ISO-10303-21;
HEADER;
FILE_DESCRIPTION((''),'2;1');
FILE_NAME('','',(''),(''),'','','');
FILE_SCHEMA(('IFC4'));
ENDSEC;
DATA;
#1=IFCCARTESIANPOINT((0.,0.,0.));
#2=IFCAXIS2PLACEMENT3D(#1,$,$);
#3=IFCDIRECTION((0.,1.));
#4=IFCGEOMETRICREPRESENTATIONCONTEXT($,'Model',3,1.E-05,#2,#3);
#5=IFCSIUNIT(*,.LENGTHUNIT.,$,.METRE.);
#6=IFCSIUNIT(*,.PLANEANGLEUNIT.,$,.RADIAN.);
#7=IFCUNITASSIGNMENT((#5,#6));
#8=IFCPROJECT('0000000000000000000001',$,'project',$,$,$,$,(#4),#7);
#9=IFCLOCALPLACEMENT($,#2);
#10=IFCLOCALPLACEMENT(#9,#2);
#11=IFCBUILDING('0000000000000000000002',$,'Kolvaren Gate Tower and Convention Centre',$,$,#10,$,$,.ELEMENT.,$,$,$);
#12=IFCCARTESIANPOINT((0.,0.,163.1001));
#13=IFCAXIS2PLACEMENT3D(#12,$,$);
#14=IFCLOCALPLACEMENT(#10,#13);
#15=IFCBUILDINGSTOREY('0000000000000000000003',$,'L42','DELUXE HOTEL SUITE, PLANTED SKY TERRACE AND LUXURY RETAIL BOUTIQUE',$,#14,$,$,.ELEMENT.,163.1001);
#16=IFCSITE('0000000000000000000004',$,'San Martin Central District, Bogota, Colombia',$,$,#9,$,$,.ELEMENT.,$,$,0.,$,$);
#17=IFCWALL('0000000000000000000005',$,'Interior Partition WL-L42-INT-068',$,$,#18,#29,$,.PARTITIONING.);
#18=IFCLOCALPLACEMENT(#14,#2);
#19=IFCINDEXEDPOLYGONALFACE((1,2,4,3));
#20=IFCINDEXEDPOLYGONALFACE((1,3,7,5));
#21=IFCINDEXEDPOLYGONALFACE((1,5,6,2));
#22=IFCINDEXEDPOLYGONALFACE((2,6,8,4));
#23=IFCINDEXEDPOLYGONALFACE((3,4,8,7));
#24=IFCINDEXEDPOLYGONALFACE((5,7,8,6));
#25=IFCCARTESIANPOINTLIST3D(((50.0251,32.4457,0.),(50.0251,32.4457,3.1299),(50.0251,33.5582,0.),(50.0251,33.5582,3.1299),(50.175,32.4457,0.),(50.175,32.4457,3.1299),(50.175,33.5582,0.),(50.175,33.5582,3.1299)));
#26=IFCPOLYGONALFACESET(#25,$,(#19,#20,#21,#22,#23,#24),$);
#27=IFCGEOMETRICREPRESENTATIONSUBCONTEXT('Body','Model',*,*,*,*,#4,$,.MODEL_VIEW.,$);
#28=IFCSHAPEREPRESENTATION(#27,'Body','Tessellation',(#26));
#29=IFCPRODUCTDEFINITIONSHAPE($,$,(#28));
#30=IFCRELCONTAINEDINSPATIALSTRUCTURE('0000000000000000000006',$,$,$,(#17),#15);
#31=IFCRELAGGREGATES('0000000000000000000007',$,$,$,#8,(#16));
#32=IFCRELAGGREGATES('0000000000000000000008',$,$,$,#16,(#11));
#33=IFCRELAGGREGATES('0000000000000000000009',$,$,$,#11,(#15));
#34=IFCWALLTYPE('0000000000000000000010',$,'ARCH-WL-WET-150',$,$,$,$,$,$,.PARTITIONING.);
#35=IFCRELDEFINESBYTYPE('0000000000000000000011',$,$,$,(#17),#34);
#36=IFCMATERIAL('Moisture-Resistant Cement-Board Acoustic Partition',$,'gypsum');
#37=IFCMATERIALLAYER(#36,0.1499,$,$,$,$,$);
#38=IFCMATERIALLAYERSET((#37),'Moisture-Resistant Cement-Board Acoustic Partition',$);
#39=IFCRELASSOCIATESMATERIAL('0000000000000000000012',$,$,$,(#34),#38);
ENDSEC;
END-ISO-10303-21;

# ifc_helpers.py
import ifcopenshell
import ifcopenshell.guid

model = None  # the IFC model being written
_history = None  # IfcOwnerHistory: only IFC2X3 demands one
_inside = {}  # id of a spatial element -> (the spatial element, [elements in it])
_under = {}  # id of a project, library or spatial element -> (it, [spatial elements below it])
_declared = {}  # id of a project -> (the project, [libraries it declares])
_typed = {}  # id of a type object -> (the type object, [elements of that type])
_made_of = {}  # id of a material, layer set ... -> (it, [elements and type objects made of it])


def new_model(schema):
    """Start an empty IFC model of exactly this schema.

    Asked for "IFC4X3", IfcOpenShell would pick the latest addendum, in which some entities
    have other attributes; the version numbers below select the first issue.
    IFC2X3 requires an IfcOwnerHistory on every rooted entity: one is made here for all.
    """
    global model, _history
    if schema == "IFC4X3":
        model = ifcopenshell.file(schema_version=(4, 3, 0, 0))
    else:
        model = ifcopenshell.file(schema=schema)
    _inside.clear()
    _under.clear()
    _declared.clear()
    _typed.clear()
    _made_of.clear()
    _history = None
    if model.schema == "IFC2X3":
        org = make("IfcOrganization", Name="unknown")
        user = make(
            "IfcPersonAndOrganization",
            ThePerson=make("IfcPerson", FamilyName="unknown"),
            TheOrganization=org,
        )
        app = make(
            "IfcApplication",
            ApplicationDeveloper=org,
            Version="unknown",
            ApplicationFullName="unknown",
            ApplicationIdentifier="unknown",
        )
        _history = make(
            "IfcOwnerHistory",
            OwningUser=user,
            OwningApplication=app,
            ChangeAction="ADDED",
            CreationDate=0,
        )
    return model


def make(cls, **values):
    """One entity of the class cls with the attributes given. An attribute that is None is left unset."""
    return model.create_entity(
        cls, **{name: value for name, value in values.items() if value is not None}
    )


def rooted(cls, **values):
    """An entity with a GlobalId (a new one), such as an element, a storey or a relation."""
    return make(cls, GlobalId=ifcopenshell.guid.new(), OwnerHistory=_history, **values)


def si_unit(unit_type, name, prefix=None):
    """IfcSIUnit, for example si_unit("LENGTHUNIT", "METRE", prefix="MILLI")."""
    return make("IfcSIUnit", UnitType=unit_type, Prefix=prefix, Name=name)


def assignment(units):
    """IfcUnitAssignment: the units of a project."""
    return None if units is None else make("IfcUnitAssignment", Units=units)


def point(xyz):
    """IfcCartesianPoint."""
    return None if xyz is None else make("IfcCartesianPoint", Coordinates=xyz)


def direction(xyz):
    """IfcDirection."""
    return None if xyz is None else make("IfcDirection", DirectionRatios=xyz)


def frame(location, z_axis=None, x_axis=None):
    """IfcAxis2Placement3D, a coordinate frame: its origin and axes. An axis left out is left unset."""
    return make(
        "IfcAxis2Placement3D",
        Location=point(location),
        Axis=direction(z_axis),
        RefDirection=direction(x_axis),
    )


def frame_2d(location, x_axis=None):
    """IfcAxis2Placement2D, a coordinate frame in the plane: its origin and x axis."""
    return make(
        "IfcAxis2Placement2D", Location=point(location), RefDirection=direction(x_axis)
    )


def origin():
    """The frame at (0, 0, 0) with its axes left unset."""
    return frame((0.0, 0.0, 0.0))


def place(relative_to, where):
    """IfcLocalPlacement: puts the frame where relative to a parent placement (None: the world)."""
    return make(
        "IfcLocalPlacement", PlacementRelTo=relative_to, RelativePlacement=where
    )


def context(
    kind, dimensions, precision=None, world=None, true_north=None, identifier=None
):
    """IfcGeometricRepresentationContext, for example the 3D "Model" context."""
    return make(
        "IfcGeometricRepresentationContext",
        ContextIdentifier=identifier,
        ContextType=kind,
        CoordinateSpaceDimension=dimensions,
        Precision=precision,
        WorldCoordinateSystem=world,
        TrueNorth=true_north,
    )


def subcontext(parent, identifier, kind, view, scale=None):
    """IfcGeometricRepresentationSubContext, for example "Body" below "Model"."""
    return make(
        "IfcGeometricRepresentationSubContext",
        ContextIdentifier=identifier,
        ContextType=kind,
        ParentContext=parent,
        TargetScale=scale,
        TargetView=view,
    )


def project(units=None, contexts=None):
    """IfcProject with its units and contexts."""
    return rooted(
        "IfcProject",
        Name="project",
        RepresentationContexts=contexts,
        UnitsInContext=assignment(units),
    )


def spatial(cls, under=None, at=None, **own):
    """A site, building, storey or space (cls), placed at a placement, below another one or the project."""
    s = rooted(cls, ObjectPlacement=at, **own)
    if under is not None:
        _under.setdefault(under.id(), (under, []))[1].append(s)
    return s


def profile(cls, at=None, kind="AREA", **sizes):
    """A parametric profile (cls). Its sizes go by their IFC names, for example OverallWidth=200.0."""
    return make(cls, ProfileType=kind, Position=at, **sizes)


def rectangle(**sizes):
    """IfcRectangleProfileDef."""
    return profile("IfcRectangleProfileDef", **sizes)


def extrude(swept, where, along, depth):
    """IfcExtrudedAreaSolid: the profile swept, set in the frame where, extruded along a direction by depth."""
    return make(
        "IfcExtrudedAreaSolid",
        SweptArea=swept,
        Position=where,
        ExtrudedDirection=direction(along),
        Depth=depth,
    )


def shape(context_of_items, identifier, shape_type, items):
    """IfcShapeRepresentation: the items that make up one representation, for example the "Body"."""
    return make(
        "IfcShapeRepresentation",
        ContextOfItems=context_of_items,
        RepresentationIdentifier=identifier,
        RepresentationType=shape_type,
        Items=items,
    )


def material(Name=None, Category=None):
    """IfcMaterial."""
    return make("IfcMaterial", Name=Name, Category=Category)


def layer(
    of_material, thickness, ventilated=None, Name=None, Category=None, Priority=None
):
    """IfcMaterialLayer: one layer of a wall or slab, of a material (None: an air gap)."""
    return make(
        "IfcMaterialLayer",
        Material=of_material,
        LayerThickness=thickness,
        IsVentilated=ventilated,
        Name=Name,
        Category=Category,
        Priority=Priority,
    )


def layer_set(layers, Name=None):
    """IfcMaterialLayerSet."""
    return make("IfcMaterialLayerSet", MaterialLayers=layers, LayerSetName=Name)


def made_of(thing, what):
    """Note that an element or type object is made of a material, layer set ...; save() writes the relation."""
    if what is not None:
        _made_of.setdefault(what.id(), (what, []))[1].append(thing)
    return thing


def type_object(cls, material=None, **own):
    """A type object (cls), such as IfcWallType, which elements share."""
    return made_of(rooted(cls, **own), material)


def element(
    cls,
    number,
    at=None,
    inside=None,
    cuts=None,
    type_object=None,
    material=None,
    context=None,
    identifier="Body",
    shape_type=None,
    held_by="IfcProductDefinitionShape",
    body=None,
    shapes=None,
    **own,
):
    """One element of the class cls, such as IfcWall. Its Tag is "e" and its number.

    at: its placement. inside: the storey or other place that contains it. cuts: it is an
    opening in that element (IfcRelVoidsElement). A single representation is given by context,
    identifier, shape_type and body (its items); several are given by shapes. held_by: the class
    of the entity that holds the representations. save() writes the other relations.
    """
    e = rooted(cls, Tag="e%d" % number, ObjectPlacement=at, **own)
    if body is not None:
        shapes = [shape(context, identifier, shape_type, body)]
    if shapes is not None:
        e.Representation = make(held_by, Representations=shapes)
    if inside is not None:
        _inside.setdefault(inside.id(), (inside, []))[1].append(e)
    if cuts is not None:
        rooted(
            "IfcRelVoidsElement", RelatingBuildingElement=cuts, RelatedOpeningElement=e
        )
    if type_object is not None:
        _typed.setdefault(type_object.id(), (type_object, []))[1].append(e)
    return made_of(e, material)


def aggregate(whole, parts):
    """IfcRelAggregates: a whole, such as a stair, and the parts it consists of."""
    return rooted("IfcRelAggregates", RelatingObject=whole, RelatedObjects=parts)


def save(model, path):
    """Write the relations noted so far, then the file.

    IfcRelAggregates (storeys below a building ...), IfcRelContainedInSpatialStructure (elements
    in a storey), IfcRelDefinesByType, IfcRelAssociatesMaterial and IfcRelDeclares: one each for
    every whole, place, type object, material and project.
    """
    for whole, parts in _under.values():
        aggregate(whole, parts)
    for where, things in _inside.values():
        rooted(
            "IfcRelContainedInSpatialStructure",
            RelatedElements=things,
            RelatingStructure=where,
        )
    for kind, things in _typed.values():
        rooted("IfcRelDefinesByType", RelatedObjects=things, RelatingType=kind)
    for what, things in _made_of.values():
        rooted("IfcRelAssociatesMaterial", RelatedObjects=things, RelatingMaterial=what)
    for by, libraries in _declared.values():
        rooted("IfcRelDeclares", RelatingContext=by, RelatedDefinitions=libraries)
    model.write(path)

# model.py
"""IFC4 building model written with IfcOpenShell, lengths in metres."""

from ifc_helpers import new_model, si_unit, direction, frame, frame_2d, origin, place, context, subcontext, project, spatial, rectangle, extrude, material, layer, layer_set, type_object, element, save


model = new_model("IFC4")

# Units and contexts
model_context = context("Model", 3, precision=1e-05, world=origin(), true_north=direction((0.0, 1.0)))
body_context = subcontext(model_context, "Body", "Model", "MODEL_VIEW")
ifc_project = project(units=[si_unit("LENGTHUNIT", "METRE"), si_unit("PLANEANGLEUNIT", "RADIAN")], contexts=[model_context])

# Site, building, storey
site_placement = place(None, origin())
site = spatial("IfcSite", under=ifc_project, at=site_placement, Name="San Martin Central District, Bogota, Colombia", CompositionType="ELEMENT", RefElevation=0.0)
building_placement = place(site_placement, origin())
building = spatial("IfcBuilding", under=site, at=building_placement, Name="Kolvaren Gate Tower and Convention Centre", CompositionType="ELEMENT")
storey_placement = place(building_placement, frame((0.0, 0.0, 163.1001)))
storey = spatial("IfcBuildingStorey", under=building, at=storey_placement, Name="L42", Description="DELUXE HOTEL SUITE, PLANTED SKY TERRACE AND LUXURY RETAIL BOUTIQUE", CompositionType="ELEMENT", Elevation=163.1001)

# Shared definitions
ifc_material_1 = material(Name="Moisture-Resistant Cement-Board Acoustic Partition", Category="gypsum")
ifc_layer_1 = layer(ifc_material_1, 0.1499)
ifc_layer_set_1 = layer_set([ifc_layer_1], Name="Moisture-Resistant Cement-Board Acoustic Partition")
wall_type_1 = type_object("IfcWallType", Name="ARCH-WL-WET-150", PredefinedType="PARTITIONING", material=ifc_layer_set_1)

# Wall
wall_1_placement = place(storey_placement, frame((50.1001, 32.4458, 0.0), z_axis=(0.0, 0.0, 1.0), x_axis=(0.0, 1.0, 0.0)))
element("IfcWall", 1, at=wall_1_placement, inside=storey, type_object=wall_type_1, Name="Interior Partition WL-L42-INT-068", PredefinedType="PARTITIONING", context=body_context, shape_type="SweptSolid", body=[
    extrude(rectangle(XDim=1.1125, YDim=0.1499, at=frame_2d((0.5562, 0.0))), origin(), (0.0, 0.0, 1.0), 3.1299),
])

save(model, "model.ifc")
